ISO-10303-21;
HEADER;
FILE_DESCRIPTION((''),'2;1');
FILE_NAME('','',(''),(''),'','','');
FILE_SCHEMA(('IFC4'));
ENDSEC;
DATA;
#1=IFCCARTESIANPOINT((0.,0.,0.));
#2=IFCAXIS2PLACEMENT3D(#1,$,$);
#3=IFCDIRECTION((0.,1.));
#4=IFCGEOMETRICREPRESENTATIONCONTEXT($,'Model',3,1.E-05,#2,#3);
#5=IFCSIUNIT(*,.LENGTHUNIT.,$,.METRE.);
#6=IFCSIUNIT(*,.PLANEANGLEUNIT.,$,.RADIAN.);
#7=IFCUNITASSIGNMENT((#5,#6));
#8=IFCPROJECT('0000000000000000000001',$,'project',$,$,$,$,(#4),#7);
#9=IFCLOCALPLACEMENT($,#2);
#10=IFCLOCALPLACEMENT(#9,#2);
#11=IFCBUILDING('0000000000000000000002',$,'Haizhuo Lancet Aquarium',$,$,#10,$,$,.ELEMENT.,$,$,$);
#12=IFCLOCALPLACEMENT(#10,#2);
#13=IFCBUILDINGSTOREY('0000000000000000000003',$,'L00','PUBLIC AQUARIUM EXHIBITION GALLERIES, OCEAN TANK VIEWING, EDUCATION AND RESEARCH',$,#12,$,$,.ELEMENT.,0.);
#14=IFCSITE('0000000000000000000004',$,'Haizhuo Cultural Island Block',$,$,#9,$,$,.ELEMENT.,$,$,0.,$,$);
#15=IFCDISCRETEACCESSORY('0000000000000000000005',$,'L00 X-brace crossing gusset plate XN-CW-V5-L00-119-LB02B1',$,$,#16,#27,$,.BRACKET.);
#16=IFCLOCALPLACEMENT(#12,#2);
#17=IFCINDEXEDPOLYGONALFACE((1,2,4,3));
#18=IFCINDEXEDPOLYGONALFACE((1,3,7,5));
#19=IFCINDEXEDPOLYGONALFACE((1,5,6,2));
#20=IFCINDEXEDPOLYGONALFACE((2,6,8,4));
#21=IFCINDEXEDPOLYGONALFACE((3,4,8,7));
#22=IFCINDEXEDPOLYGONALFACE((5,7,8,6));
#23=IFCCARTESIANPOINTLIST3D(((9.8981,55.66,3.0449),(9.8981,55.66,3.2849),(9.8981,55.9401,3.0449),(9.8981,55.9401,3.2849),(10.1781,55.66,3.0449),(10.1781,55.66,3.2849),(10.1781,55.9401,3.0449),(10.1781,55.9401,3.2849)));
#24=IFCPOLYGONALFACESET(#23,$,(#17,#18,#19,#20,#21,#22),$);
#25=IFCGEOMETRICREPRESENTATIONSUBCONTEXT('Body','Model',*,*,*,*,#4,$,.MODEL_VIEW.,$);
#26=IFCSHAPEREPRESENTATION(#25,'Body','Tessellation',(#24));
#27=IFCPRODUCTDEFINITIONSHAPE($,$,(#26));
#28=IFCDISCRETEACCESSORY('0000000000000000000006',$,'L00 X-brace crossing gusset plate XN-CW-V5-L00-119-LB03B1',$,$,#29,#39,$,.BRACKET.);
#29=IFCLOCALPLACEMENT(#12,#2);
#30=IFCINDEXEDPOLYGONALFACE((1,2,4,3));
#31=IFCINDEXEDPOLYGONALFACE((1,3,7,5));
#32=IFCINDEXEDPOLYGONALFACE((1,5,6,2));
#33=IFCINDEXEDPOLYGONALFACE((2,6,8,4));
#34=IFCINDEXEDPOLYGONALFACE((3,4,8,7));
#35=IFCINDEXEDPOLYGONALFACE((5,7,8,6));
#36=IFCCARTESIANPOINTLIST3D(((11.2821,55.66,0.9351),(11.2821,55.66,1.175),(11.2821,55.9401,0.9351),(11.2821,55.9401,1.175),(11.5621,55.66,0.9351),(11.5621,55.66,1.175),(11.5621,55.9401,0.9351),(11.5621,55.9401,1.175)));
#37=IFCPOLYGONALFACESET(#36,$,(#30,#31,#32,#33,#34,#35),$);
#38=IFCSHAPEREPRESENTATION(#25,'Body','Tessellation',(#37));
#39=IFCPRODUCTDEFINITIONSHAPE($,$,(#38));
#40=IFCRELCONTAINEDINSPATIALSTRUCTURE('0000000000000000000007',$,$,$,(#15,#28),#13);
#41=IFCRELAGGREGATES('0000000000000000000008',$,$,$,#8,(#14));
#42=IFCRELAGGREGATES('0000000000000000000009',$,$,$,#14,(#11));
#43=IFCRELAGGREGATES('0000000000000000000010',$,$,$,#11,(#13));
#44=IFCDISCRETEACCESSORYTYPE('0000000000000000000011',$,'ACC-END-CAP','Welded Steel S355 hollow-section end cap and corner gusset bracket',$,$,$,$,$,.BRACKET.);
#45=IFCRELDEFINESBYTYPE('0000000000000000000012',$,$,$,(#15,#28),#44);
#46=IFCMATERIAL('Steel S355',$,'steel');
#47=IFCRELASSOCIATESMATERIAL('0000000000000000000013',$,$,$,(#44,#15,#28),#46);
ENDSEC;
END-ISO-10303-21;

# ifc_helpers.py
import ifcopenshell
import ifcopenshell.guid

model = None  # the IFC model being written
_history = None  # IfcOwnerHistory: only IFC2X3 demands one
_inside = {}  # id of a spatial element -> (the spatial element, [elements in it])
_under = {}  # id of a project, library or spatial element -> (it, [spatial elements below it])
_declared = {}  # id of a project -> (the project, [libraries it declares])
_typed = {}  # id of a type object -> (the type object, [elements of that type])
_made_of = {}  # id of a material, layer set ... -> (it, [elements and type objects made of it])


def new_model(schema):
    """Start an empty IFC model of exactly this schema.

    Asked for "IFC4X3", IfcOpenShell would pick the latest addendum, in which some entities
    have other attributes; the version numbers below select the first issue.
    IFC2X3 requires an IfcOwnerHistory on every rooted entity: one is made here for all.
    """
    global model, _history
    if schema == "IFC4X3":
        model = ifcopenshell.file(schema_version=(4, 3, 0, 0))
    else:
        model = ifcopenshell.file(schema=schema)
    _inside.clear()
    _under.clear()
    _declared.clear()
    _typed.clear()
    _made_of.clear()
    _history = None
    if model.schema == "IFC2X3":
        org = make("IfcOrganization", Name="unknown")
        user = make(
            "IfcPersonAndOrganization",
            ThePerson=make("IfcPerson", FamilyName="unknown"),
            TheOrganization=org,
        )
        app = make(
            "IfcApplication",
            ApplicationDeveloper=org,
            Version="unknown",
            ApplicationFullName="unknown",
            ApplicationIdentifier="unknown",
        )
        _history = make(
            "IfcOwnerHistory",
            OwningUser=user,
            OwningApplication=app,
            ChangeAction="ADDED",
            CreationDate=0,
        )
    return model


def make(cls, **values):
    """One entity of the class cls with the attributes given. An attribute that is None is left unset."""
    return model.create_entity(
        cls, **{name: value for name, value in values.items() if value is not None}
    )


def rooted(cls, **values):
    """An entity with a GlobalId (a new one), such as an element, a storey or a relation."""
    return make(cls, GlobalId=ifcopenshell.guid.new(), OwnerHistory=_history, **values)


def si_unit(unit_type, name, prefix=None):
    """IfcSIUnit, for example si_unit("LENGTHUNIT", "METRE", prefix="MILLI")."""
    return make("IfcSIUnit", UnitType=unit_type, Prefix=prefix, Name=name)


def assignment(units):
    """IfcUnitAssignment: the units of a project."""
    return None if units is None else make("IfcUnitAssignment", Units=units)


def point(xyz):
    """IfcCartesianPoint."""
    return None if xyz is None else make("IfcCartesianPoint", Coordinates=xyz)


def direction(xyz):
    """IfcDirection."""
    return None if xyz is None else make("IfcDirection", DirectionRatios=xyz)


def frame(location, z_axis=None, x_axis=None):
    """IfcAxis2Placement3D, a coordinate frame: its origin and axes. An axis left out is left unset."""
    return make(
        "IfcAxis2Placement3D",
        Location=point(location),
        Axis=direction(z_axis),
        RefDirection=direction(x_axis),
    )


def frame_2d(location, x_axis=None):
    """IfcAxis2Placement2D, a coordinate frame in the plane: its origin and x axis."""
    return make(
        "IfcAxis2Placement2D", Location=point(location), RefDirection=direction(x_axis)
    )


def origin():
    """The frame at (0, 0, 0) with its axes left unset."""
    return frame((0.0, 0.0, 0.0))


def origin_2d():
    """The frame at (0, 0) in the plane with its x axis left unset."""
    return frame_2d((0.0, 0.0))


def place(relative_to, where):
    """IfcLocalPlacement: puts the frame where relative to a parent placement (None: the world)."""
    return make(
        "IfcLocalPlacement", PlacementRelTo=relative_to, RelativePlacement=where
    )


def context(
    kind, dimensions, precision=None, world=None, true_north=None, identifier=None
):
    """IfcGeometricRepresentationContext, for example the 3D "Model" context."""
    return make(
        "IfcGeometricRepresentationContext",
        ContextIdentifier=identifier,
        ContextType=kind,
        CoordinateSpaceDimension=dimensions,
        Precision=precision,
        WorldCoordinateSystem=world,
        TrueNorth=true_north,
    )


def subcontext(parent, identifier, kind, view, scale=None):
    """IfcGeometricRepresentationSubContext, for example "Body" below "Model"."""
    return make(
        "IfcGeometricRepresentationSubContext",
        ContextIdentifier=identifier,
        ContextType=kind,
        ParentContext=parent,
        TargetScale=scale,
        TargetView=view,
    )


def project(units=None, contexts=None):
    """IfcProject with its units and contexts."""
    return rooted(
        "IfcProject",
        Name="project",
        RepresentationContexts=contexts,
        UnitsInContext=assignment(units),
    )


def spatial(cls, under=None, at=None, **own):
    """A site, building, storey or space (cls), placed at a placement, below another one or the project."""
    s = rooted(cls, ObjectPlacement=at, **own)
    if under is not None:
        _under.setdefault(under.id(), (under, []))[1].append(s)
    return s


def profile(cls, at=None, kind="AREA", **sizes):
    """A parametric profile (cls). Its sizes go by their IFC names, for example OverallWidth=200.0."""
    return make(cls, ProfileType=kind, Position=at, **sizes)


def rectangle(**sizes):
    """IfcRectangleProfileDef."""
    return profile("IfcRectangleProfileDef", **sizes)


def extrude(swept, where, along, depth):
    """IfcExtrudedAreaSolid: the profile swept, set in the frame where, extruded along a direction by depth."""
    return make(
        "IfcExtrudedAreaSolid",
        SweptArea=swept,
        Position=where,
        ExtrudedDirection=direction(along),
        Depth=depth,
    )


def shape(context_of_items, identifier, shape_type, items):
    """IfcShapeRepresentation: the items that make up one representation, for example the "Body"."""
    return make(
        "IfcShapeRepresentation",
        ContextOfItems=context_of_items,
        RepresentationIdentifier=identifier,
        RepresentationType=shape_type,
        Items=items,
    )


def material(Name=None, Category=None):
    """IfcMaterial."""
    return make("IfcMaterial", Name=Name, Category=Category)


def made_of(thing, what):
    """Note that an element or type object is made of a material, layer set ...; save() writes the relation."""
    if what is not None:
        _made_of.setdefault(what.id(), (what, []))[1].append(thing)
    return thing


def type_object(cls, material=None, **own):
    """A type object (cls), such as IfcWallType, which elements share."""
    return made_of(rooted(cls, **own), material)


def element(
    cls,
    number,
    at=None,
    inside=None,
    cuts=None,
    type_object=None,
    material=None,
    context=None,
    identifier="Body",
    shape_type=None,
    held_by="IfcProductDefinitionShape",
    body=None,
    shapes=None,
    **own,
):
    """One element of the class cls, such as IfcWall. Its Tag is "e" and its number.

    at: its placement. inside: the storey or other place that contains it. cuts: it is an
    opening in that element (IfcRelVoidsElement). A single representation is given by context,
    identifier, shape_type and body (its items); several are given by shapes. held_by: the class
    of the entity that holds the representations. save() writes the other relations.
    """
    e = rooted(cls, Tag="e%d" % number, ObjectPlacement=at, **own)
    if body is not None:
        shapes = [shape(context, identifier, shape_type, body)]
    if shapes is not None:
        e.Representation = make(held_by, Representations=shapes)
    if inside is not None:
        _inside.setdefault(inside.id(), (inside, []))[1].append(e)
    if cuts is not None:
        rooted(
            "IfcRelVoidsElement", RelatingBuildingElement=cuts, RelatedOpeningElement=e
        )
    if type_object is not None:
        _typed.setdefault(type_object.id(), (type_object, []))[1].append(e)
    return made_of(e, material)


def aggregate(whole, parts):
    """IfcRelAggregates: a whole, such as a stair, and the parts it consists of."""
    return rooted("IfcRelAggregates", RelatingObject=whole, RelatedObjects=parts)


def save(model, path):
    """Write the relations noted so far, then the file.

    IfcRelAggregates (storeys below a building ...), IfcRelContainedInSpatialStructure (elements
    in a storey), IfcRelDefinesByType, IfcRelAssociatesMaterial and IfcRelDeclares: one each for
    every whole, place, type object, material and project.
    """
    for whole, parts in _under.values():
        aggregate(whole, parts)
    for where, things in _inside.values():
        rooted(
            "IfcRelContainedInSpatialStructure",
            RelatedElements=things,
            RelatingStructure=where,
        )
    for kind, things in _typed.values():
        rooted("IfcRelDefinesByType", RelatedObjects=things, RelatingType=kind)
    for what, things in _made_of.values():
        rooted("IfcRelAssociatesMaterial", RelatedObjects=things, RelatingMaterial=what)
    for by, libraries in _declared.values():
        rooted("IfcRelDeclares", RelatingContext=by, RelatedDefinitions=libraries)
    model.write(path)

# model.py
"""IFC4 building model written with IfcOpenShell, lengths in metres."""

from ifc_helpers import new_model, si_unit, direction, frame, origin, origin_2d, place, context, subcontext, project, spatial, rectangle, extrude, material, type_object, element, save


model = new_model("IFC4")

# Units and contexts
model_context = context("Model", 3, precision=1e-05, world=origin(), true_north=direction((0.0, 1.0)))
body_context = subcontext(model_context, "Body", "Model", "MODEL_VIEW")
ifc_project = project(units=[si_unit("LENGTHUNIT", "METRE"), si_unit("PLANEANGLEUNIT", "RADIAN")], contexts=[model_context])

# Site, building, storey
site_placement = place(None, origin())
site = spatial("IfcSite", under=ifc_project, at=site_placement, Name="Haizhuo Cultural Island Block", CompositionType="ELEMENT", RefElevation=0.0)
building_placement = place(site_placement, origin())
building = spatial("IfcBuilding", under=site, at=building_placement, Name="Haizhuo Lancet Aquarium", CompositionType="ELEMENT")
storey_placement = place(building_placement, origin())
storey = spatial("IfcBuildingStorey", under=building, at=storey_placement, Name="L00", Description="PUBLIC AQUARIUM EXHIBITION GALLERIES, OCEAN TANK VIEWING, EDUCATION AND RESEARCH", CompositionType="ELEMENT", Elevation=0.0)

# Shared definitions
ifc_material_1 = material(Name="Steel S355", Category="steel")

# Discrete accessories
discrete_accessory_type = type_object("IfcDiscreteAccessoryType", Name="ACC-END-CAP", Description="Welded Steel S355 hollow-section end cap and corner gusset bracket", PredefinedType="BRACKET", material=ifc_material_1)
for number, where, z_axis, x_axis, name in (
    (1, (10.0381, 55.8, 3.0449), (0.0, 0.0, 1.0), (1.0, 0.0, 0.0), "L00 X-brace crossing gusset plate XN-CW-V5-L00-119-LB02B1"),
    (2, (11.4221, 55.8, 0.9351), (0.0, 0.0, 1.0), (1.0, 0.0, 0.0), "L00 X-brace crossing gusset plate XN-CW-V5-L00-119-LB03B1"),
):
    element("IfcDiscreteAccessory", number, at=place(storey_placement, frame(where, z_axis=z_axis, x_axis=x_axis)), inside=storey, type_object=discrete_accessory_type, material=ifc_material_1, Name=name, PredefinedType="BRACKET", context=body_context, shape_type="SweptSolid", body=[
        extrude(rectangle(XDim=0.28, YDim=0.28, at=origin_2d()), origin(), (0.0, 0.0, 1.0), 0.24),
    ])

save(model, "model.ifc")
